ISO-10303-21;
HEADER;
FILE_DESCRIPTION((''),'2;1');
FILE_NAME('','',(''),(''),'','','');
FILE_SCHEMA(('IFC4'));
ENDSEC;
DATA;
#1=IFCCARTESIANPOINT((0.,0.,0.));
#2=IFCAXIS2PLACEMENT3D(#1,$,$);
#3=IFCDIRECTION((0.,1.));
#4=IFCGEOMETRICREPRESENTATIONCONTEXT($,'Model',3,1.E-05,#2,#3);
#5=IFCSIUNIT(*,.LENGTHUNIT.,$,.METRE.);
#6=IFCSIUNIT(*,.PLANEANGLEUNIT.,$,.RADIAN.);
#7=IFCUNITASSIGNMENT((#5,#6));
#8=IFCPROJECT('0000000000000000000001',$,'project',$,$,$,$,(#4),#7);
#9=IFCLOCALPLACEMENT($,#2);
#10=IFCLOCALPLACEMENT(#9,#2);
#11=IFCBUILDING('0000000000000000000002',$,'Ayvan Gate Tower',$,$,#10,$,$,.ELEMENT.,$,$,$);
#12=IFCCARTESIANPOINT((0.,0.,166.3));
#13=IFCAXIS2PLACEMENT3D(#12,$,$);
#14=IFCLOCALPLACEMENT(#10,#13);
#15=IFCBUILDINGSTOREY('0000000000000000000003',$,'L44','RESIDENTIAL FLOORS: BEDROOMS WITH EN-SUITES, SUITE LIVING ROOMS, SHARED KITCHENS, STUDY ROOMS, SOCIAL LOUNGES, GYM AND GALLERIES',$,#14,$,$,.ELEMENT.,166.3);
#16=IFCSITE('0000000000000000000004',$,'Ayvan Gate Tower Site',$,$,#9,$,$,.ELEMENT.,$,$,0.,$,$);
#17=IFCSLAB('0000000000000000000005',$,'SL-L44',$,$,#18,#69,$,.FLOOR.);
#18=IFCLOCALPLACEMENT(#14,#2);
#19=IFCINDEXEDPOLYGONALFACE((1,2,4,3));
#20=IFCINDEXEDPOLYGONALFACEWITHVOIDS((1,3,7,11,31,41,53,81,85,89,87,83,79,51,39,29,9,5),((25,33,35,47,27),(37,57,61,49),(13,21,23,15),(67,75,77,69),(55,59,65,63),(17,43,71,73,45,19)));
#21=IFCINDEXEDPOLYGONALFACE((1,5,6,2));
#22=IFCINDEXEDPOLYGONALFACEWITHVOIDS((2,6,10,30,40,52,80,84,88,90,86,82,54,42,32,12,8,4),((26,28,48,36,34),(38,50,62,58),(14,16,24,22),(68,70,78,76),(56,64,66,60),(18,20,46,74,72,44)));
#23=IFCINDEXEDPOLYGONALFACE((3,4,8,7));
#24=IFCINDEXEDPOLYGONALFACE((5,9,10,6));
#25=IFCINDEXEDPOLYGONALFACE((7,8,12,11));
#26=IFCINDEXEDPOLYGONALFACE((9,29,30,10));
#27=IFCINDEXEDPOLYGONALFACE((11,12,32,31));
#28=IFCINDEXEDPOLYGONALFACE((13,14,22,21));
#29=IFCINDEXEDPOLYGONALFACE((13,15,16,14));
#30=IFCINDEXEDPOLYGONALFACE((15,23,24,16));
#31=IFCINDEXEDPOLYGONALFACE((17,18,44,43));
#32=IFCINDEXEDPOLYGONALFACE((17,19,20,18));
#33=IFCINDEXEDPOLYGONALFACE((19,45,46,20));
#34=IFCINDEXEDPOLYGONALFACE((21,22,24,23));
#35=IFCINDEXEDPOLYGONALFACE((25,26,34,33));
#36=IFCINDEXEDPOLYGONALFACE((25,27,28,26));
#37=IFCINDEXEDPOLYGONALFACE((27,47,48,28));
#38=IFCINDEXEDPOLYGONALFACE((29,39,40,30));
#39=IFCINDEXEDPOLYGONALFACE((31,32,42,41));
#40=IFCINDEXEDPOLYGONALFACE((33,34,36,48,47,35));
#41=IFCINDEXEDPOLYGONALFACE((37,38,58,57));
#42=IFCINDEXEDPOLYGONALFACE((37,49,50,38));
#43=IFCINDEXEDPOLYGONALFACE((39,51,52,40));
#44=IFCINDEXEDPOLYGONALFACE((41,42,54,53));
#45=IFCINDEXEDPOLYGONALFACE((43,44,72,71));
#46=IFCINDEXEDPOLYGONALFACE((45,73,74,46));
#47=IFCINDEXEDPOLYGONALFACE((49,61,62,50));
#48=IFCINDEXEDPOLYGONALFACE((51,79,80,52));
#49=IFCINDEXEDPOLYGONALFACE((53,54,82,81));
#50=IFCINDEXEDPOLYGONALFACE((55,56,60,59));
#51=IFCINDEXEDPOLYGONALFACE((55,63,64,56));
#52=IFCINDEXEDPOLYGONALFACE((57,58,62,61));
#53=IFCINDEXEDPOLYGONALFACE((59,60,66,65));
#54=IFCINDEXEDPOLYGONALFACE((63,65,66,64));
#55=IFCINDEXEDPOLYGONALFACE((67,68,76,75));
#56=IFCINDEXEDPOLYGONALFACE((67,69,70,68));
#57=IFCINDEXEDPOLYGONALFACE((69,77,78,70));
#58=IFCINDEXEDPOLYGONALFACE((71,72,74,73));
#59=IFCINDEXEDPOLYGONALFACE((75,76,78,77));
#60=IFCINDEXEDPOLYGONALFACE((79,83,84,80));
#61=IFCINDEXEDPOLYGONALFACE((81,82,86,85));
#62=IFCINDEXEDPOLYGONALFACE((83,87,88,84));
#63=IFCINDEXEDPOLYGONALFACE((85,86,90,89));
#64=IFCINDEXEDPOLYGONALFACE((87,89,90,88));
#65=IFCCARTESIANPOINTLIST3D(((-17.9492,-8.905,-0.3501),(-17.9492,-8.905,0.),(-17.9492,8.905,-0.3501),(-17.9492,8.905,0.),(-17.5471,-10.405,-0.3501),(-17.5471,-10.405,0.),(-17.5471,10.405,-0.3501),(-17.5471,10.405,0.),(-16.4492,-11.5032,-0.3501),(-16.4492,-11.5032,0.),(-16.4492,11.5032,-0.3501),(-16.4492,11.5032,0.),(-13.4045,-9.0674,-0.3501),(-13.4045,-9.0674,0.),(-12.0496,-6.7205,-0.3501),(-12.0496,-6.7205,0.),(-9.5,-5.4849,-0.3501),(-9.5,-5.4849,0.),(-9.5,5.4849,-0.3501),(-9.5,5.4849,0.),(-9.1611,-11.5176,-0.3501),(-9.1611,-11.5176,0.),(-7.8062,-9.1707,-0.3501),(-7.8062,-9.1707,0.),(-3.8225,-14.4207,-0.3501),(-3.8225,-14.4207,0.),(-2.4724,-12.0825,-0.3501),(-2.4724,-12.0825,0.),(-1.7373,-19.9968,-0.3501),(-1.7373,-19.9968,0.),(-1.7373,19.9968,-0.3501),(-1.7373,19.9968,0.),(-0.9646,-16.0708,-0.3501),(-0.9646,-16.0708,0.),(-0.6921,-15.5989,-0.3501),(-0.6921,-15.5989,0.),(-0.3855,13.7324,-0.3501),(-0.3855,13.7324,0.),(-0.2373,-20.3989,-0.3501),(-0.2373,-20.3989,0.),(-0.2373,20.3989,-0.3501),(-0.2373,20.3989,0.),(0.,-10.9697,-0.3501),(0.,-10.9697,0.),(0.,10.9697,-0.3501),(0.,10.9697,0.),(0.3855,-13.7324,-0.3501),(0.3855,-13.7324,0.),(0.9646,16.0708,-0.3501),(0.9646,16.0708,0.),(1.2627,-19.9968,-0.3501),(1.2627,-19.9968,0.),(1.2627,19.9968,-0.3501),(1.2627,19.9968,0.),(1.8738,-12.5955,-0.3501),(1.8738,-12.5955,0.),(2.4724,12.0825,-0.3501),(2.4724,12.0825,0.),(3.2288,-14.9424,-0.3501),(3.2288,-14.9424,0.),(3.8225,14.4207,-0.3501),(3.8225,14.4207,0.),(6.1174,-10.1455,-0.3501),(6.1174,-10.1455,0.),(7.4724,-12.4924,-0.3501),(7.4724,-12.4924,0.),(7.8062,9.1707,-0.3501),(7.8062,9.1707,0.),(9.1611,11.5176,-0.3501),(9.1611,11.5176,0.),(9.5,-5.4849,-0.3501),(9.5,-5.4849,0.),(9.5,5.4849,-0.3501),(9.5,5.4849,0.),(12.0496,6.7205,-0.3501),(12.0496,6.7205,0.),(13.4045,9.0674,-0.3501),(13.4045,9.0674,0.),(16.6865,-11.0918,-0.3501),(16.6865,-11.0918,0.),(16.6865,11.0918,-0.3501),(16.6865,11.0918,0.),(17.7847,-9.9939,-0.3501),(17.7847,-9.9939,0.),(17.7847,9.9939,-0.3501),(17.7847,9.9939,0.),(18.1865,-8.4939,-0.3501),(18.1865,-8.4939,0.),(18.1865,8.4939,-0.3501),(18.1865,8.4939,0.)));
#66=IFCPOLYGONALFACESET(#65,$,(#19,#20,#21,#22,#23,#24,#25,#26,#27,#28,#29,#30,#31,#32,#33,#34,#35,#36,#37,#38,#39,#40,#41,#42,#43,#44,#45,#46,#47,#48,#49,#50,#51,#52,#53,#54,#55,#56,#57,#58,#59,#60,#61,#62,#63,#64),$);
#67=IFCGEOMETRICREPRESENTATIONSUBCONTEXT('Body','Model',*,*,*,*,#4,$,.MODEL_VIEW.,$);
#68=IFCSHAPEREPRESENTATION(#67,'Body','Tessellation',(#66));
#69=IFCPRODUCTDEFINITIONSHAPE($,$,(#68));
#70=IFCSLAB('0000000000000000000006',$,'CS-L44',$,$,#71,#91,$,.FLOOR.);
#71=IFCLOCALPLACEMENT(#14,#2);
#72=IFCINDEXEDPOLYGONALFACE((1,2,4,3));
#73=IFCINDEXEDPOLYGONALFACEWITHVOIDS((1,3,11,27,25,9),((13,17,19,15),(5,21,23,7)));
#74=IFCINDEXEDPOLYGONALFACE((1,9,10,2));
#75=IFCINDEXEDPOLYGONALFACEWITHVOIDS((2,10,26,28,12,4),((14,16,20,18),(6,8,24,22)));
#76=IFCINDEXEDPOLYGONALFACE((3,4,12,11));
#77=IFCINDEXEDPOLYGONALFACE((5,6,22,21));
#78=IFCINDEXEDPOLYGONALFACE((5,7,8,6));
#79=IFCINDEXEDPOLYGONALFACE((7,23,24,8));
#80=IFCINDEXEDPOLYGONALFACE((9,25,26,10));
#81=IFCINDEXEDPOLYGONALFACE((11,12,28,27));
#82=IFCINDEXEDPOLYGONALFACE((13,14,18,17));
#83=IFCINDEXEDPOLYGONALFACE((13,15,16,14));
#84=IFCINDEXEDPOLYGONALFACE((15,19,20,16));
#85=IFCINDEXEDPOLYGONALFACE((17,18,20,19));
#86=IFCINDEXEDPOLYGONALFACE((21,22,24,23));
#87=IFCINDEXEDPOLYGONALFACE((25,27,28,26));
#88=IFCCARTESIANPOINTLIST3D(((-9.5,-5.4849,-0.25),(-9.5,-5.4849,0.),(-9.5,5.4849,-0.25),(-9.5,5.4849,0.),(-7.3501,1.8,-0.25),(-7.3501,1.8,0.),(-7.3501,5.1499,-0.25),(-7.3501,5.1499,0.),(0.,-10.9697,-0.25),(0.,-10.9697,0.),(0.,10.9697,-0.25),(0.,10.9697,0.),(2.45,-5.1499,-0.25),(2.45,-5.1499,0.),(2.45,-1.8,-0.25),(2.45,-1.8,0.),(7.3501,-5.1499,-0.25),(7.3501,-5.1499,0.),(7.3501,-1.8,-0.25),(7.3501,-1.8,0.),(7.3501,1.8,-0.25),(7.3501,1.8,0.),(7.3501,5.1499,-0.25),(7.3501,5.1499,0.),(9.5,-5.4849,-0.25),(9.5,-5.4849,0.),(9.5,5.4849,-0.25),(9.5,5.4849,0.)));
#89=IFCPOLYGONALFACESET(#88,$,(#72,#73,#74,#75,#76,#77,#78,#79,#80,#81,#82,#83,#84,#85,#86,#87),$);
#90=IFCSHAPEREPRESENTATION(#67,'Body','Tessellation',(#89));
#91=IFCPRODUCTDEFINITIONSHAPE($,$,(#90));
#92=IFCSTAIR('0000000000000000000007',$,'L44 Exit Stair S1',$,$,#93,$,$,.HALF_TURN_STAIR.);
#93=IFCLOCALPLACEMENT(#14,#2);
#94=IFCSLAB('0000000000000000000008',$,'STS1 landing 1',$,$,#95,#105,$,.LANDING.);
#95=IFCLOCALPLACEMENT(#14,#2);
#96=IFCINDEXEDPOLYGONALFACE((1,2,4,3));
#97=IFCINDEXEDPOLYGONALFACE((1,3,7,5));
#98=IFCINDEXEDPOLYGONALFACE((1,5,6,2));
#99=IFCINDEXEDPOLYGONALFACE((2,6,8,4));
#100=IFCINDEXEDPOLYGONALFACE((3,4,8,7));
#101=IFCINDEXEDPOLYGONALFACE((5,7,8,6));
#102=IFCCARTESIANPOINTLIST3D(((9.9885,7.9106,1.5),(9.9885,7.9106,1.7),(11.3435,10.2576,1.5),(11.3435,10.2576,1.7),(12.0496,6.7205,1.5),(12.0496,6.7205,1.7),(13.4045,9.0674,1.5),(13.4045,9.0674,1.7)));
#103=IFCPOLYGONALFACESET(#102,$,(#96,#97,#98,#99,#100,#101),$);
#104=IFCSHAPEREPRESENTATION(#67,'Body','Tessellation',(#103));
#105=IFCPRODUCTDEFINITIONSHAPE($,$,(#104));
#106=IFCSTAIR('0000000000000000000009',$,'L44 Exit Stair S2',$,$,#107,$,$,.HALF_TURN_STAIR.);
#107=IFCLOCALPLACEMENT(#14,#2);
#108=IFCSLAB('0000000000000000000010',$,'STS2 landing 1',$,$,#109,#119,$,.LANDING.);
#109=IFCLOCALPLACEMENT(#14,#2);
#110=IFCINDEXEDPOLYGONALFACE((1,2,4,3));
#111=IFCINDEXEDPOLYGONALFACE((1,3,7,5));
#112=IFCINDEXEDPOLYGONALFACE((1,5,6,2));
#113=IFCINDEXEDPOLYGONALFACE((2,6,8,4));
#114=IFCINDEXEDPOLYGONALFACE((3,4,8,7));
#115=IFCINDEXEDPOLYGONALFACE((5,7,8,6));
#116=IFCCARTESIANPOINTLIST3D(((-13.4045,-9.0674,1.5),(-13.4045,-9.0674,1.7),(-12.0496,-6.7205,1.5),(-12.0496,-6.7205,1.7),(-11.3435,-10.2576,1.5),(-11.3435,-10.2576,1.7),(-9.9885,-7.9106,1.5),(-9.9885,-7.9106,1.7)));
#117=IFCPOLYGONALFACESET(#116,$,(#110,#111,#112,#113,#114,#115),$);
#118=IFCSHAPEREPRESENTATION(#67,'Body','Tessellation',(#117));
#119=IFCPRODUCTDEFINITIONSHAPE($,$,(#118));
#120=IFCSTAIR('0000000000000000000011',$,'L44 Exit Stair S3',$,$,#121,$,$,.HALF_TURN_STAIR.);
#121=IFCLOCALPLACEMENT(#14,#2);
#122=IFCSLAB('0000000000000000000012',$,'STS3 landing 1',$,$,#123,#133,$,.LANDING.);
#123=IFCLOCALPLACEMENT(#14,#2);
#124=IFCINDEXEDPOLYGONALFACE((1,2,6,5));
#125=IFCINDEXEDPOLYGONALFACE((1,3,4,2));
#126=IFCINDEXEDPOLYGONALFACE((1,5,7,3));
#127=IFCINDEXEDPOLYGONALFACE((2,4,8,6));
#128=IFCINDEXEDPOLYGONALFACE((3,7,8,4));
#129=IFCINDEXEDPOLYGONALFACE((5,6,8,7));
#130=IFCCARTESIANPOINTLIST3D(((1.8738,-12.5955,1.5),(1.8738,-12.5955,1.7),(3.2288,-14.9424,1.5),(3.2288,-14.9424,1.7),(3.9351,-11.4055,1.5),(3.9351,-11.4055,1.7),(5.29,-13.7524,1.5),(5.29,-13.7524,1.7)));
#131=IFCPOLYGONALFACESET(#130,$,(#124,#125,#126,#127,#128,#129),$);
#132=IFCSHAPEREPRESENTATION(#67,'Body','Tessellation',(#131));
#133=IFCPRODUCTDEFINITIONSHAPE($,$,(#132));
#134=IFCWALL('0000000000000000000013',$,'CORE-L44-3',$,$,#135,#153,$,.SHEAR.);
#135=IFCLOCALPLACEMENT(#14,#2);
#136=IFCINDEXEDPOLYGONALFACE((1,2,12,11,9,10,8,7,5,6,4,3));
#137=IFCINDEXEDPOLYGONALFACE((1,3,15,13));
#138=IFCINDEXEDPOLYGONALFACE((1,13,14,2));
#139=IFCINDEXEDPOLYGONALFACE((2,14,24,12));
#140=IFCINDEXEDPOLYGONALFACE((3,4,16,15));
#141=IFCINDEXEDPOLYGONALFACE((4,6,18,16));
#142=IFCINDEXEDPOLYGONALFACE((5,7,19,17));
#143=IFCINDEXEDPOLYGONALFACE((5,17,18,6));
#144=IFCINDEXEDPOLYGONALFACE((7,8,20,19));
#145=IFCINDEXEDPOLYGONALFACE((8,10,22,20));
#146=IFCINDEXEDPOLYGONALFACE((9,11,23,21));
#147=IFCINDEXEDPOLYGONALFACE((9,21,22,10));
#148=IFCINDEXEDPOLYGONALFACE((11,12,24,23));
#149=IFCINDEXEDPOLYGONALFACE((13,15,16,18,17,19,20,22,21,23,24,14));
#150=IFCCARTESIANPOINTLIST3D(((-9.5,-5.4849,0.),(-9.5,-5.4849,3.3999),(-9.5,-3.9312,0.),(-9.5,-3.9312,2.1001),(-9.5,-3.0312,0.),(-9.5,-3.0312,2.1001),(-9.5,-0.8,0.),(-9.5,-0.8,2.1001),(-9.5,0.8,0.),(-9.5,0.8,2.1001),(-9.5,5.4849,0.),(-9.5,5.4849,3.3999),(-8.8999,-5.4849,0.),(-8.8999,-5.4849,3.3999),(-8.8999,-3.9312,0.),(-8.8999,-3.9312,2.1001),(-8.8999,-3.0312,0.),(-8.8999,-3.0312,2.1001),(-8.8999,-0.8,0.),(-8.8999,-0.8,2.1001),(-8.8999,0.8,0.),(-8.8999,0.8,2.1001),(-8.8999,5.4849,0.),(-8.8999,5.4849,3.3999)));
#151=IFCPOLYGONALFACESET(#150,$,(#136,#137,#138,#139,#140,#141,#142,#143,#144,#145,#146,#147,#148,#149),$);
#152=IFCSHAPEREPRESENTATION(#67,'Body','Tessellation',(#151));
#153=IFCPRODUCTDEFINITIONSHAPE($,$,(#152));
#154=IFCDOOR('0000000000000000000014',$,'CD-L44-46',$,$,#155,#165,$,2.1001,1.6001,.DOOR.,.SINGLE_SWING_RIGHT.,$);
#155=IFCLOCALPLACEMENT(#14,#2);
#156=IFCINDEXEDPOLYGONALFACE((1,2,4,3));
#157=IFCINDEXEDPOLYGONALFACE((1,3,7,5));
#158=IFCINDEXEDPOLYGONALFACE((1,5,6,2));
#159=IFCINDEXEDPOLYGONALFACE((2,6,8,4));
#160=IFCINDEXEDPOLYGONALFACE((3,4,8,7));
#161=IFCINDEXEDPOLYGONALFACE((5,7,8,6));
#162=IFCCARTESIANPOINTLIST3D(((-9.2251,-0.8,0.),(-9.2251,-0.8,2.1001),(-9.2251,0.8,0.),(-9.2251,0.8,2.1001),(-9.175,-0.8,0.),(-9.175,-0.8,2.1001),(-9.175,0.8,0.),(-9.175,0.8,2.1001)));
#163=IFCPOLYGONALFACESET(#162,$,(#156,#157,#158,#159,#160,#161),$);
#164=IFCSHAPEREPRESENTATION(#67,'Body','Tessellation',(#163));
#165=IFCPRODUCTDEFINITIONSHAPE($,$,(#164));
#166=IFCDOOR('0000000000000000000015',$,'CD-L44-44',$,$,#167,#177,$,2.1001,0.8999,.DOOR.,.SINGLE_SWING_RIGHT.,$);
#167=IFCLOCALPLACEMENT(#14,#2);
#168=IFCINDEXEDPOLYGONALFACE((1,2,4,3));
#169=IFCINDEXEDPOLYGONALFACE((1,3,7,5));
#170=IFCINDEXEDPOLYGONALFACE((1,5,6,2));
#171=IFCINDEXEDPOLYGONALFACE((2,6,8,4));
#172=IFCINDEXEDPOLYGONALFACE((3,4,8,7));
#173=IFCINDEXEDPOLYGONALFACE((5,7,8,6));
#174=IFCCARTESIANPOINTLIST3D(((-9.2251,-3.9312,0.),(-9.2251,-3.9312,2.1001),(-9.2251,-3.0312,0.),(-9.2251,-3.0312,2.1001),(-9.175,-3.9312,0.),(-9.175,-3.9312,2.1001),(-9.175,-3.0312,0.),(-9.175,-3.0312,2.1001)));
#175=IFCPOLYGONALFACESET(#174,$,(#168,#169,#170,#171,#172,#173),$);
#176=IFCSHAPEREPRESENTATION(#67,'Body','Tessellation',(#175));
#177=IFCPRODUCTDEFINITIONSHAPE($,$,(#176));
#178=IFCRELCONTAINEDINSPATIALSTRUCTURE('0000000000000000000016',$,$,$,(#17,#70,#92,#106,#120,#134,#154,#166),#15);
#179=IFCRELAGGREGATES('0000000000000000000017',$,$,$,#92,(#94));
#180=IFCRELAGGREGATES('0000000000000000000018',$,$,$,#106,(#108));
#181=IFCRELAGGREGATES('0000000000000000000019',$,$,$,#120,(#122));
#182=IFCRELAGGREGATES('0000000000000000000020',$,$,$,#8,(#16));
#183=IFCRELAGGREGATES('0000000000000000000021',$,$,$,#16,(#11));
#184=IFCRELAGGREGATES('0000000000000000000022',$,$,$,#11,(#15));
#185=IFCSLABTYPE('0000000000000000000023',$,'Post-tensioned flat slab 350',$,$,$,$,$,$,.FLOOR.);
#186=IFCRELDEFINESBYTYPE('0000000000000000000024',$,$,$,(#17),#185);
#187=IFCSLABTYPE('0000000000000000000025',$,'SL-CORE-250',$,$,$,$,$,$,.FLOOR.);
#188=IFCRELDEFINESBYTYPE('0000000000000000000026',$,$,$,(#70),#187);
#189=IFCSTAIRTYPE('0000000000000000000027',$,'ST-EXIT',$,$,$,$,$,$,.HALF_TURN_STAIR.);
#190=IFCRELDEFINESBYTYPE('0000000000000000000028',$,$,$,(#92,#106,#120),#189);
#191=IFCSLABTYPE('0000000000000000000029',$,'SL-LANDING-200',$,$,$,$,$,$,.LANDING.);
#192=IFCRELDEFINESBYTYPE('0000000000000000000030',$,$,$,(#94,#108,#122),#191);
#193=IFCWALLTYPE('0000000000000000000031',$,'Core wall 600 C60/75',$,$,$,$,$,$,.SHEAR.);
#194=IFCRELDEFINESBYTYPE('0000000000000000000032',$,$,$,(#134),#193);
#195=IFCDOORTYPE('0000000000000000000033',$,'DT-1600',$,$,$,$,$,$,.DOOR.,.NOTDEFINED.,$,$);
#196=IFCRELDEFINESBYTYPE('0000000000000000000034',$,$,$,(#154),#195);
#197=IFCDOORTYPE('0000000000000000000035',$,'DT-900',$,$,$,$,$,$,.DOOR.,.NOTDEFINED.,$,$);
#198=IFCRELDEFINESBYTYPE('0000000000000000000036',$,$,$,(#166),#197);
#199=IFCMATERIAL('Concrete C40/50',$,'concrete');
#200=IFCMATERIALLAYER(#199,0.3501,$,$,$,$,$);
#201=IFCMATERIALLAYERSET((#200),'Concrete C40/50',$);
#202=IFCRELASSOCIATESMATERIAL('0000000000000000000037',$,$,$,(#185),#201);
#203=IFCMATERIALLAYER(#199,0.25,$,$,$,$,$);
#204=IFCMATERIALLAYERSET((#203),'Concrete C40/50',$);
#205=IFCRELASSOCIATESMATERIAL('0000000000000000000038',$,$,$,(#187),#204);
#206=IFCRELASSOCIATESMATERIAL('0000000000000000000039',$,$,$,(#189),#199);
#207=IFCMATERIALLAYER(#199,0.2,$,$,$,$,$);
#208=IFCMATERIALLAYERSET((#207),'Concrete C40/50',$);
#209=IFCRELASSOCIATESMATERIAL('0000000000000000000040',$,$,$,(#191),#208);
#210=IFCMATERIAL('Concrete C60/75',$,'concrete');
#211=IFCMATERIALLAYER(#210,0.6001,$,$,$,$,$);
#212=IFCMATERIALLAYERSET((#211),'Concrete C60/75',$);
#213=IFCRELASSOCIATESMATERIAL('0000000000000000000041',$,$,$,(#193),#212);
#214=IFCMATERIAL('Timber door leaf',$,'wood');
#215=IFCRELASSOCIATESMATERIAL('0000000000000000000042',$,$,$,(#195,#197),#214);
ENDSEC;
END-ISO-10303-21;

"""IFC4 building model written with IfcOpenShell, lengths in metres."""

from ifc_helpers import new_model, si_unit, direction, frame, frame_2d, origin, place, context, subcontext, project, spatial, polyline, rectangle, outline, extrude, material, layer, layer_set, type_object, element, fill, aggregate, save


model = new_model("IFC4")

# Units and contexts
model_context = context("Model", 3, precision=1e-05, world=origin(), true_north=direction((0.0, 1.0)))
body_context = subcontext(model_context, "Body", "Model", "MODEL_VIEW")
ifc_project = project(units=[si_unit("LENGTHUNIT", "METRE"), si_unit("PLANEANGLEUNIT", "RADIAN")], contexts=[model_context])

# Site, building, storey
site_placement = place(None, origin())
site = spatial("IfcSite", under=ifc_project, at=site_placement, Name="Ayvan Gate Tower Site", CompositionType="ELEMENT", RefElevation=0.0)
building_placement = place(site_placement, origin())
building = spatial("IfcBuilding", under=site, at=building_placement, Name="Ayvan Gate Tower", CompositionType="ELEMENT")
storey_placement = place(building_placement, frame((0.0, 0.0, 166.3)))
storey = spatial("IfcBuildingStorey", under=building, at=storey_placement, Name="L44", Description="RESIDENTIAL FLOORS: BEDROOMS WITH EN-SUITES, SUITE LIVING ROOMS, SHARED KITCHENS, STUDY ROOMS, SOCIAL LOUNGES, GYM AND GALLERIES", CompositionType="ELEMENT", Elevation=166.3)

# Slabs
ifc_material_1 = material(Name="Concrete C40/50", Category="concrete")
ifc_layer_1 = layer(ifc_material_1, 0.3501)
ifc_layer_set_1 = layer_set([ifc_layer_1], Name="Concrete C40/50")
slab_type_1 = type_object("IfcSlabType", Name="Post-tensioned flat slab 350", PredefinedType="FLOOR", material=ifc_layer_set_1)
slab_1_placement = place(storey_placement, frame((0.0, 0.0, -0.3501)))
element("IfcSlab", 1, at=slab_1_placement, inside=storey, type_object=slab_type_1, Name="SL-L44", PredefinedType="FLOOR", context=body_context, shape_type="SweptSolid", body=[
    extrude(outline(polyline([(1.2627, -19.9968), (-0.2373, -20.3989), (-1.7373, -19.9968), (-16.4492, -11.5032), (-17.5471, -10.405), (-17.9492, -8.905), (-17.9492, 8.905), (-17.5471, 10.405), (-16.4492, 11.5032), (-1.7373, 19.9968), (-0.2373, 20.3989), (1.2627, 19.9968), (16.6865, 11.0918), (17.7847, 9.9939), (18.1865, 8.4939), (18.1865, -8.4939), (17.7847, -9.9939), (16.6865, -11.0918), (1.2627, -19.9968)]), holes=[polyline([(12.0496, 6.7205), (13.4045, 9.0674), (9.1611, 11.5176), (7.8062, 9.1707), (12.0496, 6.7205)]), polyline([(9.5, 5.4849), (0.0, 10.9697), (-9.5, 5.4849), (-9.5, -5.4849), (0.0, -10.9697), (9.5, -5.4849), (9.5, 5.4849)]), polyline([(1.8738, -12.5955), (3.2288, -14.9424), (7.4724, -12.4924), (6.1174, -10.1455), (1.8738, -12.5955)]), polyline([(3.8225, 14.4207), (0.9646, 16.0708), (-0.3855, 13.7324), (2.4724, 12.0825), (3.8225, 14.4207)]), polyline([(-0.6921, -15.5989), (0.3855, -13.7324), (-2.4724, -12.0825), (-3.8225, -14.4207), (-0.9646, -16.0708), (-0.6921, -15.5989)]), polyline([(-9.1611, -11.5176), (-7.8062, -9.1707), (-12.0496, -6.7205), (-13.4045, -9.0674), (-9.1611, -11.5176)])]), origin(), (0.0, 0.0, 1.0), 0.3501),
])
ifc_layer_2 = layer(ifc_material_1, 0.25)
ifc_layer_set_2 = layer_set([ifc_layer_2], Name="Concrete C40/50")
slab_type_2 = type_object("IfcSlabType", Name="SL-CORE-250", PredefinedType="FLOOR", material=ifc_layer_set_2)
slab_2_placement = place(storey_placement, frame((0.0, 0.0, -0.25)))
element("IfcSlab", 2, at=slab_2_placement, inside=storey, type_object=slab_type_2, Name="CS-L44", PredefinedType="FLOOR", context=body_context, shape_type="SweptSolid", body=[
    extrude(outline(polyline([(9.5, -5.4849), (0.0, -10.9697), (-9.5, -5.4849), (-9.5, 5.4849), (0.0, 10.9697), (9.5, 5.4849), (9.5, -5.4849)]), holes=[polyline([(-7.3501, 5.1499), (-7.3501, 1.8), (7.3501, 1.8), (7.3501, 5.1499), (-7.3501, 5.1499)]), polyline([(2.45, -1.8), (2.45, -5.1499), (7.3501, -5.1499), (7.3501, -1.8), (2.45, -1.8)])]), origin(), (0.0, 0.0, 1.0), 0.25),
])

# Stairs, slabs
stair_type = type_object("IfcStairType", Name="ST-EXIT", PredefinedType="HALF_TURN_STAIR", material=ifc_material_1)
stair_1_placement = place(storey_placement, origin())
stair_1 = element("IfcStair", 3, at=stair_1_placement, inside=storey, type_object=stair_type, Name="L44 Exit Stair S1", PredefinedType="HALF_TURN_STAIR")
ifc_layer_3 = layer(ifc_material_1, 0.2)
ifc_layer_set_3 = layer_set([ifc_layer_3], Name="Concrete C40/50")
slab_type_3 = type_object("IfcSlabType", Name="SL-LANDING-200", PredefinedType="LANDING", material=ifc_layer_set_3)
slab_3_placement = place(storey_placement, frame((0.0, 0.0, 1.5)))
slab_3 = element("IfcSlab", 4, at=slab_3_placement, type_object=slab_type_3, Name="STS1 landing 1", PredefinedType="LANDING", context=body_context, shape_type="SweptSolid", body=[
    extrude(outline(polyline([(9.9885, 7.9106), (12.0496, 6.7205), (13.4045, 9.0674), (11.3435, 10.2576), (9.9885, 7.9106)])), origin(), (0.0, 0.0, 1.0), 0.2),
])
aggregate(stair_1, [slab_3])
stair_2_placement = place(storey_placement, origin())
stair_2 = element("IfcStair", 5, at=stair_2_placement, inside=storey, type_object=stair_type, Name="L44 Exit Stair S2", PredefinedType="HALF_TURN_STAIR")
slab_4_placement = place(storey_placement, frame((0.0, 0.0, 1.5)))
slab_4 = element("IfcSlab", 6, at=slab_4_placement, type_object=slab_type_3, Name="STS2 landing 1", PredefinedType="LANDING", context=body_context, shape_type="SweptSolid", body=[
    extrude(outline(polyline([(-9.9885, -7.9106), (-12.0496, -6.7205), (-13.4045, -9.0674), (-11.3435, -10.2576), (-9.9885, -7.9106)])), origin(), (0.0, 0.0, 1.0), 0.2),
])
aggregate(stair_2, [slab_4])
stair_3_placement = place(storey_placement, origin())
stair_3 = element("IfcStair", 7, at=stair_3_placement, inside=storey, type_object=stair_type, Name="L44 Exit Stair S3", PredefinedType="HALF_TURN_STAIR")
slab_5_placement = place(storey_placement, frame((0.0, 0.0, 1.5)))
slab_5 = element("IfcSlab", 8, at=slab_5_placement, type_object=slab_type_3, Name="STS3 landing 1", PredefinedType="LANDING", context=body_context, shape_type="SweptSolid", body=[
    extrude(outline(polyline([(3.9351, -11.4055), (1.8738, -12.5955), (3.2288, -14.9424), (5.29, -13.7524), (3.9351, -11.4055)])), origin(), (0.0, 0.0, 1.0), 0.2),
])
aggregate(stair_3, [slab_5])

# Wall, openings, doors
ifc_material_2 = material(Name="Concrete C60/75", Category="concrete")
ifc_layer_4 = layer(ifc_material_2, 0.6001)
ifc_layer_set_4 = layer_set([ifc_layer_4], Name="Concrete C60/75")
wall_type_1 = type_object("IfcWallType", Name="Core wall 600 C60/75", PredefinedType="SHEAR", material=ifc_layer_set_4)
wall_1_placement = place(storey_placement, frame((-9.2, 5.4849, 0.0), z_axis=(0.0, 0.0, 1.0), x_axis=(0.0, -1.0, 0.0)))
wall_1 = element("IfcWall", 9, at=wall_1_placement, inside=storey, type_object=wall_type_1, Name="CORE-L44-3", PredefinedType="SHEAR", context=body_context, shape_type="SweptSolid", body=[
    extrude(rectangle(XDim=10.9697, YDim=0.6001, at=frame_2d((5.4849, 0.0))), origin(), (0.0, 0.0, 1.0), 3.3999),
])
opening_1_placement = place(wall_1_placement, frame((8.5161, 0.0, 0.0)))
opening_1 = element("IfcOpeningElement", 10, at=opening_1_placement, cuts=wall_1, PredefinedType="OPENING", context=body_context, shape_type="SweptSolid", body=[
    extrude(rectangle(XDim=0.8999, YDim=2.1001, at=frame_2d((0.45, 1.05))), frame((0.0, 0.3101, 0.0), z_axis=(0.0, -1.0, 0.0), x_axis=(1.0, 0.0, 0.0)), (0.0, 0.0, 1.0), 0.6201),
])
opening_2_placement = place(wall_1_placement, frame((4.6848, 0.0, 0.0)))
opening_2 = element("IfcOpeningElement", 11, at=opening_2_placement, cuts=wall_1, PredefinedType="OPENING", context=body_context, shape_type="SweptSolid", body=[
    extrude(rectangle(XDim=1.6001, YDim=2.1001, at=frame_2d((0.8, 1.05))), frame((0.0, 0.3101, 0.0), z_axis=(0.0, -1.0, 0.0), x_axis=(1.0, 0.0, 0.0)), (0.0, 0.0, 1.0), 0.6201),
])
ifc_material_3 = material(Name="Timber door leaf", Category="wood")
door_type_1 = type_object("IfcDoorType", Name="DT-1600", OperationType="NOTDEFINED", PredefinedType="DOOR", material=ifc_material_3)
door_1_placement = place(opening_2_placement, origin())
door_1 = element("IfcDoor", 12, at=door_1_placement, inside=storey, type_object=door_type_1, Name="CD-L44-46", OperationType="SINGLE_SWING_RIGHT", OverallHeight=2.1001, OverallWidth=1.6001, PredefinedType="DOOR", context=body_context, shape_type="SweptSolid", body=[
    extrude(rectangle(XDim=1.6001, YDim=2.1001, at=frame_2d((0.8, 1.05))), frame((0.0, 0.0249, 0.0), z_axis=(0.0, -1.0, 0.0), x_axis=(1.0, 0.0, 0.0)), (0.0, 0.0, 1.0), 0.05),
])
fill(opening_2, door_1)
door_type_2 = type_object("IfcDoorType", Name="DT-900", OperationType="NOTDEFINED", PredefinedType="DOOR", material=ifc_material_3)
door_2_placement = place(opening_1_placement, origin())
door_2 = element("IfcDoor", 13, at=door_2_placement, inside=storey, type_object=door_type_2, Name="CD-L44-44", OperationType="SINGLE_SWING_RIGHT", OverallHeight=2.1001, OverallWidth=0.8999, PredefinedType="DOOR", context=body_context, shape_type="SweptSolid", body=[
    extrude(rectangle(XDim=0.8999, YDim=2.1001, at=frame_2d((0.45, 1.05))), frame((0.0, 0.0249, 0.0), z_axis=(0.0, -1.0, 0.0), x_axis=(1.0, 0.0, 0.0)), (0.0, 0.0, 1.0), 0.05),
])
fill(opening_1, door_2)

save(model, "model.ifc")
